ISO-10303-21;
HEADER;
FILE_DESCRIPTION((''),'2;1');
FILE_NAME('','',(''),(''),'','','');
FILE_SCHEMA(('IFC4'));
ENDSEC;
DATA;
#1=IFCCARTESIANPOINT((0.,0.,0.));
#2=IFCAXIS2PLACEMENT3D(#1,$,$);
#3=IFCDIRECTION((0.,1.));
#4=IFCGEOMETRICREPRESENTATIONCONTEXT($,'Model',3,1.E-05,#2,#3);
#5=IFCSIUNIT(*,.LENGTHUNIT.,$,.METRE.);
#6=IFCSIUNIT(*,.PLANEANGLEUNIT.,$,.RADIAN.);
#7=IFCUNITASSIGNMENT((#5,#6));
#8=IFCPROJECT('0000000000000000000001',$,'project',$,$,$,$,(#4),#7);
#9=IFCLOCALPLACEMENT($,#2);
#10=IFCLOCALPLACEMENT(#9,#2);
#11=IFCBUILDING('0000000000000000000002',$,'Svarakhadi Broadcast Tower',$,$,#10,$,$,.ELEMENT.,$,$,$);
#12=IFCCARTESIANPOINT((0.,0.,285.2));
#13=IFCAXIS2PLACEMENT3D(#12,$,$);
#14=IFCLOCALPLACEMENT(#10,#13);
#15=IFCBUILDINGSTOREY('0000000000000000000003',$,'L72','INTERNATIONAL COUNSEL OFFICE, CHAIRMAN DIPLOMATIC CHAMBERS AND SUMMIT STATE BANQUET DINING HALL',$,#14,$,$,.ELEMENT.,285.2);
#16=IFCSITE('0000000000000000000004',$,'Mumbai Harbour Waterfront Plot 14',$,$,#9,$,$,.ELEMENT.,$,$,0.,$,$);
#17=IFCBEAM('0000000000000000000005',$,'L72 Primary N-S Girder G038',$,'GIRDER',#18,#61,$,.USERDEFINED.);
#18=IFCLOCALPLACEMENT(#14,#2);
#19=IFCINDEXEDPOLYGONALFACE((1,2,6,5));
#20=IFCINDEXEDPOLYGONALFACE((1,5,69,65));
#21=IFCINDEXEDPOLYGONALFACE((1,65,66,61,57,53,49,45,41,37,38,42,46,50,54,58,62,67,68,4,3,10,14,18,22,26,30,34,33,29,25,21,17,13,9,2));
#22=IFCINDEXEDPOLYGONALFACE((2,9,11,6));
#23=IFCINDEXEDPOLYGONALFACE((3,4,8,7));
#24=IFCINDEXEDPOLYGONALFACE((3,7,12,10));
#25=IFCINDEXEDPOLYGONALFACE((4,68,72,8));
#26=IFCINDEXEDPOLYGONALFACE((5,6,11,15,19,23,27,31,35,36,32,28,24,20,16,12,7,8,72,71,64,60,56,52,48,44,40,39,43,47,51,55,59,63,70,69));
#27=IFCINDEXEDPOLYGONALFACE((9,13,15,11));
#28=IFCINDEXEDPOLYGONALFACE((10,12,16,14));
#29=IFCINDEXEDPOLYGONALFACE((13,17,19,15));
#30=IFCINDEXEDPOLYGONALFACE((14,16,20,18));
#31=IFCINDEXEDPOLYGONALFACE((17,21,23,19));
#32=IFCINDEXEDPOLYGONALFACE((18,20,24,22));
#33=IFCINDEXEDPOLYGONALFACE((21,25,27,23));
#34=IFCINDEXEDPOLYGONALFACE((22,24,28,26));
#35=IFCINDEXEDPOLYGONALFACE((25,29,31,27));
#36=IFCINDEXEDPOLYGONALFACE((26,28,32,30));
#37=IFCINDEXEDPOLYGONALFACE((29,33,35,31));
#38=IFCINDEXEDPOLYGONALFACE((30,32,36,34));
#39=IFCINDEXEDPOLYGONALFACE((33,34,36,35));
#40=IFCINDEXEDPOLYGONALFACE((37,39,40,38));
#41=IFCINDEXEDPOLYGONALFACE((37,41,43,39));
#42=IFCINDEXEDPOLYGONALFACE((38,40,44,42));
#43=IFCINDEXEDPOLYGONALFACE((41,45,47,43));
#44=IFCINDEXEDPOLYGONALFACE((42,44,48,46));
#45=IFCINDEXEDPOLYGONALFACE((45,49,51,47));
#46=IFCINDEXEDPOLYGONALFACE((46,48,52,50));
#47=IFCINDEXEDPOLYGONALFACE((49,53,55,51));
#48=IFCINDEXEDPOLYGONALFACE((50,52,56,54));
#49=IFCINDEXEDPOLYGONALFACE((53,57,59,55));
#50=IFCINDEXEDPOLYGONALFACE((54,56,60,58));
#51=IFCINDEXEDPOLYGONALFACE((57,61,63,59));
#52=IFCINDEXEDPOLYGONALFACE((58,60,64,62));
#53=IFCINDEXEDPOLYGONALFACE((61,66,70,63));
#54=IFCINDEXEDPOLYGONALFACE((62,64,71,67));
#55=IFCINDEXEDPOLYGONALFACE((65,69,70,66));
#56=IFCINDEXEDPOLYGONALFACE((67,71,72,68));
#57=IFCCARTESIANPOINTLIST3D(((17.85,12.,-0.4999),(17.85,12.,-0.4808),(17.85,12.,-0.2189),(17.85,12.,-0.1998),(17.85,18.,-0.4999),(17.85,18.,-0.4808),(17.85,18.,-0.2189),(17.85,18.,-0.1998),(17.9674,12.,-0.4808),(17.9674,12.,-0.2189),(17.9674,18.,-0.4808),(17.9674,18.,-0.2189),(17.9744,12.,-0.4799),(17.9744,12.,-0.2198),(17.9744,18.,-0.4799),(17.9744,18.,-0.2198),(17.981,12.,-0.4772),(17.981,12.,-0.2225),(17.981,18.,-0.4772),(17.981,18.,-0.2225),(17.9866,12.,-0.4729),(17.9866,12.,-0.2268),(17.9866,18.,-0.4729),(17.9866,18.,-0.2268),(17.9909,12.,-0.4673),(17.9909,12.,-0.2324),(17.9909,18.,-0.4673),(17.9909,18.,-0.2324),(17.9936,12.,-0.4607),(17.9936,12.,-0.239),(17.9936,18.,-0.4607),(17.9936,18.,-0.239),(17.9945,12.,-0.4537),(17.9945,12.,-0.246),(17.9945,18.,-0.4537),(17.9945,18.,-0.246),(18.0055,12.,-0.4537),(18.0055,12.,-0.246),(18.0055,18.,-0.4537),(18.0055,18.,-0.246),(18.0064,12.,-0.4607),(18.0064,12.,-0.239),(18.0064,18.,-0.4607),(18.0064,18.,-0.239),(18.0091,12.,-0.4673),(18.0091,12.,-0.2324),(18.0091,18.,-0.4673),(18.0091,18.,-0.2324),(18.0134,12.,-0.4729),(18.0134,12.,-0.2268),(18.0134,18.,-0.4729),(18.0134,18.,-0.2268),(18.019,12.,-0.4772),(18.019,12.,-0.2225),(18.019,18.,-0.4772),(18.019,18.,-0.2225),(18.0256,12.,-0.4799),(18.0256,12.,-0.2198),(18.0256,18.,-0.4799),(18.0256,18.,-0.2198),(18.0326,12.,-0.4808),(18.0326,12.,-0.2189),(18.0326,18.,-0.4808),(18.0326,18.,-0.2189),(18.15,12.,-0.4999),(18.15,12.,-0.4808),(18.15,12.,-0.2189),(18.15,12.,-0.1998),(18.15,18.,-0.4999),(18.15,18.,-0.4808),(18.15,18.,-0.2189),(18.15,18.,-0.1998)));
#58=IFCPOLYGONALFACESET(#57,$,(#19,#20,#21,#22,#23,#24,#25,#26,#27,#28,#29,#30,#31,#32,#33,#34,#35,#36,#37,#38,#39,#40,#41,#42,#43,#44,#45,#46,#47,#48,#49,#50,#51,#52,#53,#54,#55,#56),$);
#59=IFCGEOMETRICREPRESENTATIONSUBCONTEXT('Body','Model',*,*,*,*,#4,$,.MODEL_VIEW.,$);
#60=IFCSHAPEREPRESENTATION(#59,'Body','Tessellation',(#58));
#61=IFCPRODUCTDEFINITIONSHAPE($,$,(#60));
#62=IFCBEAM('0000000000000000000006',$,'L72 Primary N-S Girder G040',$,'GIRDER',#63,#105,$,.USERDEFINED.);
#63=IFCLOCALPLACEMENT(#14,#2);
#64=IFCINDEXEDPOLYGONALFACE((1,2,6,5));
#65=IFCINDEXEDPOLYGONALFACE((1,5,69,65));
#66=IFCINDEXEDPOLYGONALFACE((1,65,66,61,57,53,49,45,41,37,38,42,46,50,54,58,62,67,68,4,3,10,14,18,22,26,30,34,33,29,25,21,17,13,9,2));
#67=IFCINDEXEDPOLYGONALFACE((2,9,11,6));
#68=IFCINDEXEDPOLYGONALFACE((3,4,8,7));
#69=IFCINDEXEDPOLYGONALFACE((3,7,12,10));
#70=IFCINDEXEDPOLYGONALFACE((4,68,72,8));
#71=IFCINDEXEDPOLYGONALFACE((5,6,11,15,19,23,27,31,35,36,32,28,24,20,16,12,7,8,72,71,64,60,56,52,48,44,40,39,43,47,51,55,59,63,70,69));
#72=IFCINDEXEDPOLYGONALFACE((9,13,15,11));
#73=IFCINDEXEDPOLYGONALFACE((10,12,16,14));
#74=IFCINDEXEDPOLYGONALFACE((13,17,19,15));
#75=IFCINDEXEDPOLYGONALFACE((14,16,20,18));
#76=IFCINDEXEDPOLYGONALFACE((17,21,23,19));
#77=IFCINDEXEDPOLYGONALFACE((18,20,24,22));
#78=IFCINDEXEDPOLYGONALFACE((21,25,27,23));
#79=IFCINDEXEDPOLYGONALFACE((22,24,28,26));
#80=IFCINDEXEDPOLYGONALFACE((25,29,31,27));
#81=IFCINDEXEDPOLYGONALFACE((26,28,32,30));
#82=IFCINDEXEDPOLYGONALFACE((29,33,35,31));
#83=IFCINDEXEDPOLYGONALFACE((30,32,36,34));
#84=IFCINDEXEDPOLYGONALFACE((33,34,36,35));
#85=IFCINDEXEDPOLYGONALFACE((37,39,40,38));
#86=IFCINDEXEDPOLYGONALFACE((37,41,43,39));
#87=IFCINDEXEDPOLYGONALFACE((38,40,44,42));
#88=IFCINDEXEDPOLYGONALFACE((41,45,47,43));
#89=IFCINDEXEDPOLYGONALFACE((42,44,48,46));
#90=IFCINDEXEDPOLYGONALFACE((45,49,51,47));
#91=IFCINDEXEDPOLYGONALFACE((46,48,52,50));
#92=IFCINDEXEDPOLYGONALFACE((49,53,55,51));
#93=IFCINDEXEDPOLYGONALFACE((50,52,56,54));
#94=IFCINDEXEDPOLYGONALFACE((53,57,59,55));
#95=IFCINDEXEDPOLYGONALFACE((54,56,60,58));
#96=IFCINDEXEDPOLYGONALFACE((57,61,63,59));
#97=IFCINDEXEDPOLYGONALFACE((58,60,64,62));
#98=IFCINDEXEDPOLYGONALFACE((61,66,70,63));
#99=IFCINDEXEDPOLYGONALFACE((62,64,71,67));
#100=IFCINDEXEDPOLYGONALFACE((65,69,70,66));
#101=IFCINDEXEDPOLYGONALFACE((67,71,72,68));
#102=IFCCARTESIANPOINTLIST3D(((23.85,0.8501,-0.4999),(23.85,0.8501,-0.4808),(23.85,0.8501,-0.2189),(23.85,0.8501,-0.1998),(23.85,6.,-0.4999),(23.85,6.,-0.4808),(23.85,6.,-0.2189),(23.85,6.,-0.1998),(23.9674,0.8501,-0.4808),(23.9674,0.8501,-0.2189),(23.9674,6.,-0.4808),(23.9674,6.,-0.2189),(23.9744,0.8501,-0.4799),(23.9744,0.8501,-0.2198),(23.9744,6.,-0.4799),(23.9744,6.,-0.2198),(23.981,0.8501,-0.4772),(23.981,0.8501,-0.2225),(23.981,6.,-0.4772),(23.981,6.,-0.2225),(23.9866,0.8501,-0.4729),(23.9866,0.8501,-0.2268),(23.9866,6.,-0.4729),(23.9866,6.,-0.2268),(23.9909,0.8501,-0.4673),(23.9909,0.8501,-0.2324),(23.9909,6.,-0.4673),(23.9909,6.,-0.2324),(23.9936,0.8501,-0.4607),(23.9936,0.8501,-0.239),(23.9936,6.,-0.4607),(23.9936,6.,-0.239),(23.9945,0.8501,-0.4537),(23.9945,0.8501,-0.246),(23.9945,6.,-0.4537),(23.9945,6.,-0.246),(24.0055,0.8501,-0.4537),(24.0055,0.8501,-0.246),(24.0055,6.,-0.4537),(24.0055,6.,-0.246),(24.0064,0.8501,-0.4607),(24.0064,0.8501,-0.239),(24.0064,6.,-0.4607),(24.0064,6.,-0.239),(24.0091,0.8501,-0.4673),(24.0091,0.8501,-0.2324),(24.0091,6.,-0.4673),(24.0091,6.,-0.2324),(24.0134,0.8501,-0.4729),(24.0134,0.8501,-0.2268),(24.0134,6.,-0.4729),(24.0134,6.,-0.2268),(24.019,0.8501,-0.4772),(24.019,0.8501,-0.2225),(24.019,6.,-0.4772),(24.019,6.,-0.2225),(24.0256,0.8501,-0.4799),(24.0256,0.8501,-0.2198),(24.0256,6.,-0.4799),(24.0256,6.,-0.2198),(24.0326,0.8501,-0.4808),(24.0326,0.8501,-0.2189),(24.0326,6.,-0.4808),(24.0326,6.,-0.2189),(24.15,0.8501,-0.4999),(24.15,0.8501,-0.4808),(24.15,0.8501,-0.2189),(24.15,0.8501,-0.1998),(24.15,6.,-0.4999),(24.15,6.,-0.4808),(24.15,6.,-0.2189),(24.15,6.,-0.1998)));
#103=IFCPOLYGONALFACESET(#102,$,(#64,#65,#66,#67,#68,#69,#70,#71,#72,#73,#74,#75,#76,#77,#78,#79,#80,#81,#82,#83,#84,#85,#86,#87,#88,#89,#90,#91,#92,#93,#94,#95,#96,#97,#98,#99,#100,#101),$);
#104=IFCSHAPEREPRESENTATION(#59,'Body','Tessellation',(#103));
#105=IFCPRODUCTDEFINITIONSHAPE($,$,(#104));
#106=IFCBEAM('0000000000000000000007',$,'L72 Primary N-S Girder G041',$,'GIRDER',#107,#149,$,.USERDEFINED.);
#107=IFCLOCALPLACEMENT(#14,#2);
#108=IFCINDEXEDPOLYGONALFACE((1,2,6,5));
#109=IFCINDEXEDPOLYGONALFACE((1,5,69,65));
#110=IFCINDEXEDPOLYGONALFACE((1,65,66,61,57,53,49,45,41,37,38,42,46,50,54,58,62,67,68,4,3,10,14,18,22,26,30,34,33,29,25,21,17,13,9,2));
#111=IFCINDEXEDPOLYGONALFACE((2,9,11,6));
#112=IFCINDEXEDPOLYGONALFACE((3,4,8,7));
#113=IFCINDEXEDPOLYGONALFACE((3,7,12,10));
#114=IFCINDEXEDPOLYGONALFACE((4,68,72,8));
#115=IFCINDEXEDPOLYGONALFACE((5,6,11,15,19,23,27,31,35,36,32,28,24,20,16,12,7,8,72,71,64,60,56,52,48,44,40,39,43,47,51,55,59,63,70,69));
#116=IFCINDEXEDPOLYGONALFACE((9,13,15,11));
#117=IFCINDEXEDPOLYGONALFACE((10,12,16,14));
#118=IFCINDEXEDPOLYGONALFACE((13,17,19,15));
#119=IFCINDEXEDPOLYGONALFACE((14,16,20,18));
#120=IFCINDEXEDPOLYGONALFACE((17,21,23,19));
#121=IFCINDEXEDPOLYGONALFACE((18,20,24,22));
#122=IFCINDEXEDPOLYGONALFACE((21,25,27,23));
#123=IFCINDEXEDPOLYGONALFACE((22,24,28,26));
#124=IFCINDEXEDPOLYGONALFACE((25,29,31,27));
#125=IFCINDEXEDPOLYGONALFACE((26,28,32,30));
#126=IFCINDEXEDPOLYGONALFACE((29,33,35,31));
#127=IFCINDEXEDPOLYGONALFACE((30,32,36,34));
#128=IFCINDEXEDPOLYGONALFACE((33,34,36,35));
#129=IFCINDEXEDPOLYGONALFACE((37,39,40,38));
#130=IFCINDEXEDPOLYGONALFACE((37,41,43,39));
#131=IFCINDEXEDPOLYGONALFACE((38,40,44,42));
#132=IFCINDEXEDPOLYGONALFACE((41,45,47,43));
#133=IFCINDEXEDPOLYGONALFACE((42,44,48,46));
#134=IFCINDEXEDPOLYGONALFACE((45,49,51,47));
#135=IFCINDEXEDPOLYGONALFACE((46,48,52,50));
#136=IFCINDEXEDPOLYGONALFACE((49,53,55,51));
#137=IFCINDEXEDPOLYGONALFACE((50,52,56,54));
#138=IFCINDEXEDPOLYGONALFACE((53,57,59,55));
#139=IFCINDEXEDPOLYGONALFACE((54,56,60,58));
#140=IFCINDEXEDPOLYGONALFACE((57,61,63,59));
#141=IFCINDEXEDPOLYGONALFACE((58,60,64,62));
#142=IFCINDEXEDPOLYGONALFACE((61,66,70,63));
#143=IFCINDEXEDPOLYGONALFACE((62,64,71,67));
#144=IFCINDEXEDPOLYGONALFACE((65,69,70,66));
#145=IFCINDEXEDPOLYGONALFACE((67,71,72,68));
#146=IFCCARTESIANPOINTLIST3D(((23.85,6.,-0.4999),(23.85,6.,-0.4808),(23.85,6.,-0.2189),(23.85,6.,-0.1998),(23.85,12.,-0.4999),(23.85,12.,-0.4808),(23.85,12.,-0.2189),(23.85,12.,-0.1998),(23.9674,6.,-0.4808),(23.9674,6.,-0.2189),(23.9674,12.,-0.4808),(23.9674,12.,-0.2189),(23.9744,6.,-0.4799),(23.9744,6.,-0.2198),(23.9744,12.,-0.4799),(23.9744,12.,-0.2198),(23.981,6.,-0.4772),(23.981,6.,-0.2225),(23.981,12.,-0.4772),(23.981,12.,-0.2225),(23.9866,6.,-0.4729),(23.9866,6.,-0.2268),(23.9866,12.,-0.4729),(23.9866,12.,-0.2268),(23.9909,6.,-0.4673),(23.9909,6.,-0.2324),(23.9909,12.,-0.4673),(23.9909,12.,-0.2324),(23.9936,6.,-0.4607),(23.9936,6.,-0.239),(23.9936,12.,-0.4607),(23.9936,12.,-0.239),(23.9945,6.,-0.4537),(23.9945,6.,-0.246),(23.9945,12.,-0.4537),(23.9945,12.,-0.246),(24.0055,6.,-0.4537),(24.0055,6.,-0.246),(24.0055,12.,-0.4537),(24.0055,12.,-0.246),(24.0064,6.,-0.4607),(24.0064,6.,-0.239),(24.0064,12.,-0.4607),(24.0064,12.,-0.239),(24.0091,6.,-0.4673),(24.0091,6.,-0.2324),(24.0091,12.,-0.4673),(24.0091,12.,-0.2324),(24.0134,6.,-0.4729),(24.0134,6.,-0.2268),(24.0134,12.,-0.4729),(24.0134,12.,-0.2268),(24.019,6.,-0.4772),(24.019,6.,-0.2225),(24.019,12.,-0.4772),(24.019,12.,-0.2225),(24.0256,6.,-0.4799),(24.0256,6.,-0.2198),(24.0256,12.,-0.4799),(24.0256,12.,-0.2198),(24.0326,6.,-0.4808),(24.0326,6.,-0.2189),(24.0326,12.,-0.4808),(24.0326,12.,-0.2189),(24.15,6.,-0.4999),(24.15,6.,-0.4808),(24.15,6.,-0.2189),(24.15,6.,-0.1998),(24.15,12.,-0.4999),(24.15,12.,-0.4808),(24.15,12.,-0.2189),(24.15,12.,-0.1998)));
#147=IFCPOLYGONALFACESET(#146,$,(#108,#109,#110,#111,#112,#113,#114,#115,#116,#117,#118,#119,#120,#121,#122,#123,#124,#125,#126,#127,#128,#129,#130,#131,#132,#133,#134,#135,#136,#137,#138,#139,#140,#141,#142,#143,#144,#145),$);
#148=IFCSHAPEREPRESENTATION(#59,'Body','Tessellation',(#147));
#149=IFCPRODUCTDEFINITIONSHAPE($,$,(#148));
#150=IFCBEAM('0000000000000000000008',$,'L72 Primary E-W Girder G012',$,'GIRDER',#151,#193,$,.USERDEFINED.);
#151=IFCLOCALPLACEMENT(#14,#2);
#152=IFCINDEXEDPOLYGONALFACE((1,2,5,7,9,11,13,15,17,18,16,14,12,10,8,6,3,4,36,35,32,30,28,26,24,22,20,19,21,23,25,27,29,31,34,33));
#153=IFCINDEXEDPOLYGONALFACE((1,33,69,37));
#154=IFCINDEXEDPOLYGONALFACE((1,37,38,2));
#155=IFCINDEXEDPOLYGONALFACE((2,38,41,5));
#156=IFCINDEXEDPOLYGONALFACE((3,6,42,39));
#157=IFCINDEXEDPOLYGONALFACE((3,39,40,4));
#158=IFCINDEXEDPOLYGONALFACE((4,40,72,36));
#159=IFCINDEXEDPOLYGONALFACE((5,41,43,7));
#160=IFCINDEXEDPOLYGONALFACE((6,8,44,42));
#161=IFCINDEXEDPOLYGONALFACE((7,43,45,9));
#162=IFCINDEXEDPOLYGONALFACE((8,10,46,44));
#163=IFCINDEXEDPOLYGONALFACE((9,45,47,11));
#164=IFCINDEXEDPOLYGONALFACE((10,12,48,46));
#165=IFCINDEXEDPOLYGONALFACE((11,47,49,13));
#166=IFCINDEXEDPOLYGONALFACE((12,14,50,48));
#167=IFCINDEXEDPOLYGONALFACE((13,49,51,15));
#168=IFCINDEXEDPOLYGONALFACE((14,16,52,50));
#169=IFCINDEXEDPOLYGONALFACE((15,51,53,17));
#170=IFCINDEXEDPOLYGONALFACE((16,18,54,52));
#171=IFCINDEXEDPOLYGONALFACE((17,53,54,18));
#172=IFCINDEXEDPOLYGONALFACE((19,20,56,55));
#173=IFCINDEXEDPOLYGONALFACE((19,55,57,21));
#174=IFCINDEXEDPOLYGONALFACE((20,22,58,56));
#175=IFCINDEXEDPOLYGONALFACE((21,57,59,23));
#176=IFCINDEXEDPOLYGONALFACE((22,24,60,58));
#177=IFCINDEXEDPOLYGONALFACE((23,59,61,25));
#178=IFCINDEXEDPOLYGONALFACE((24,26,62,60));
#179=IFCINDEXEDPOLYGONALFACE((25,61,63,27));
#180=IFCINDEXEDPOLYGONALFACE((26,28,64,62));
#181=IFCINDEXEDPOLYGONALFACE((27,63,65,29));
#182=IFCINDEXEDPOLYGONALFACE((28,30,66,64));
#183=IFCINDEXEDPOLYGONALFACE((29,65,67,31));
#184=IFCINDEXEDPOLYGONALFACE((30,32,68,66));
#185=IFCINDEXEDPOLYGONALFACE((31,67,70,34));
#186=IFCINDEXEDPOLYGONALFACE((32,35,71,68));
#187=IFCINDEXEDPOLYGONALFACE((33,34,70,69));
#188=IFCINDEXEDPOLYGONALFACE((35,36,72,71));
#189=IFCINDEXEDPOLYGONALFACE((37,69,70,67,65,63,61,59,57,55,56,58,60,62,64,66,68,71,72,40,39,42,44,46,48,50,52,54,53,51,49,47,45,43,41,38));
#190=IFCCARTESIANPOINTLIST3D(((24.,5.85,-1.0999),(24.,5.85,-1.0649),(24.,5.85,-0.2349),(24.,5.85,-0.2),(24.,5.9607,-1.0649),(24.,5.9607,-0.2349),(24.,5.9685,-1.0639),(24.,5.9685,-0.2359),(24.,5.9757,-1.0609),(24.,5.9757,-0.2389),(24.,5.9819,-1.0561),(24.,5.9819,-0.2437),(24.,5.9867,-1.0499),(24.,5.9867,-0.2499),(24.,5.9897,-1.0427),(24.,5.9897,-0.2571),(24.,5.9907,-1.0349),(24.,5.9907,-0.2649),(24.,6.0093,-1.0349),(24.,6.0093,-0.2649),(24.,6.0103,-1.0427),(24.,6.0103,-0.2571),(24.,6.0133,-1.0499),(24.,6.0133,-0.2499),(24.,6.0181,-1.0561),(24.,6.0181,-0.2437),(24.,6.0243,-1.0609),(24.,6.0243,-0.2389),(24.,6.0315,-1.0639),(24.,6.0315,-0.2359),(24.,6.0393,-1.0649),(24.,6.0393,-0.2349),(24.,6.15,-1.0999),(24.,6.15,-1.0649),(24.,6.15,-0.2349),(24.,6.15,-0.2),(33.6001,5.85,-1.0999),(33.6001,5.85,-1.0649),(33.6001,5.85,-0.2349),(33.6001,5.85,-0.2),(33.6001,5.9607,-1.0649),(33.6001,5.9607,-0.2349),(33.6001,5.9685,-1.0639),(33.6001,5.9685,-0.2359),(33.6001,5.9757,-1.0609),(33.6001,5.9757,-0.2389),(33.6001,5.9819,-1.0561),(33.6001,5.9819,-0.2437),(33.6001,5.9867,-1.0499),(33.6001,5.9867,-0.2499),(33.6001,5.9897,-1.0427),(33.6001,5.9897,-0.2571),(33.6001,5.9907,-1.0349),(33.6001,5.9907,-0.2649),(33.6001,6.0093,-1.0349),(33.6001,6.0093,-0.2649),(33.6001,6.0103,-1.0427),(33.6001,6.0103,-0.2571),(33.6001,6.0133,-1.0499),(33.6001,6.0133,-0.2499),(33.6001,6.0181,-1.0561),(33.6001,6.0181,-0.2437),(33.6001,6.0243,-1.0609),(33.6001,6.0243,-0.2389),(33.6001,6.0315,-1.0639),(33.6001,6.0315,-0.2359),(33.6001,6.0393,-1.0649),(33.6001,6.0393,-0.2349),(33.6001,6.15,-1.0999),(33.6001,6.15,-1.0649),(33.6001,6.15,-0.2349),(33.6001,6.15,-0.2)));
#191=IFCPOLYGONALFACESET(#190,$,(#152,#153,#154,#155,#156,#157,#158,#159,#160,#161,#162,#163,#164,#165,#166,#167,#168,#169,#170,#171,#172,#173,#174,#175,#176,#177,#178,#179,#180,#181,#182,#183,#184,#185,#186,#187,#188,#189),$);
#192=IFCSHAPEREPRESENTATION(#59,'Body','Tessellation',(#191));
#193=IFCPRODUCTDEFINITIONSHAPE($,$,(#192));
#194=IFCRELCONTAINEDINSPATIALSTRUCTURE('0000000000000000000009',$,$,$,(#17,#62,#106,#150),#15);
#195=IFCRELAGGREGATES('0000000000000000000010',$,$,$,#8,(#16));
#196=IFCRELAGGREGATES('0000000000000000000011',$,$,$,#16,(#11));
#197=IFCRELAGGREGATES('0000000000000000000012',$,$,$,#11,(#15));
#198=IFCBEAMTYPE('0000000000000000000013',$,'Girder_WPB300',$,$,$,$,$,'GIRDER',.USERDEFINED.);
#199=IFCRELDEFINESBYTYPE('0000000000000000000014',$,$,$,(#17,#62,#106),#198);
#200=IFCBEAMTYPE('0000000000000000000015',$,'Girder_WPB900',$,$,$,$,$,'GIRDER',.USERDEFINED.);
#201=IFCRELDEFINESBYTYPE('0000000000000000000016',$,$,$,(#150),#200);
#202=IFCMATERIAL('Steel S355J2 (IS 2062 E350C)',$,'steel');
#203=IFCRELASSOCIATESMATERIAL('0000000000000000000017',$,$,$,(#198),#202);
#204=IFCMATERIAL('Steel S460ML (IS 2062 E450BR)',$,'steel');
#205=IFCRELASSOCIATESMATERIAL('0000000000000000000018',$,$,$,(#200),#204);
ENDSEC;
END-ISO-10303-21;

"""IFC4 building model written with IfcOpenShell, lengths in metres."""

from ifc_helpers import new_model, si_unit, direction, frame, origin, origin_2d, place, context, subcontext, project, spatial, i_section, extrude, material, material_profile, profile_set, type_object, element, save


model = new_model("IFC4")

# Units and contexts
model_context = context("Model", 3, precision=1e-05, world=origin(), true_north=direction((0.0, 1.0)))
body_context = subcontext(model_context, "Body", "Model", "MODEL_VIEW")
ifc_project = project(units=[si_unit("LENGTHUNIT", "METRE"), si_unit("PLANEANGLEUNIT", "RADIAN")], contexts=[model_context])

# Site, building, storey
site_placement = place(None, origin())
site = spatial("IfcSite", under=ifc_project, at=site_placement, Name="Mumbai Harbour Waterfront Plot 14", CompositionType="ELEMENT", RefElevation=0.0)
building_placement = place(site_placement, origin())
building = spatial("IfcBuilding", under=site, at=building_placement, Name="Svarakhadi Broadcast Tower", CompositionType="ELEMENT")
storey_placement = place(building_placement, frame((0.0, 0.0, 285.2)))
storey = spatial("IfcBuildingStorey", under=building, at=storey_placement, Name="L72", Description="INTERNATIONAL COUNSEL OFFICE, CHAIRMAN DIPLOMATIC CHAMBERS AND SUMMIT STATE BANQUET DINING HALL", CompositionType="ELEMENT", Elevation=285.2)

# Shared definitions
ifc_material_1 = material(Name="Steel S460ML (IS 2062 E450BR)", Category="steel")

# Beams
ifc_material_2 = material(Name="Steel S355J2 (IS 2062 E350C)", Category="steel")
ifc_material_profile_1 = material_profile(ifc_material_2, i_section(OverallWidth=0.3, OverallDepth=0.3, WebThickness=0.011, FlangeThickness=0.019, FilletRadius=0.0271, at=origin_2d()), Name="WPB 300x300x117")
ifc_profile_set_1 = profile_set([ifc_material_profile_1], Name="Steel S355J2 (IS 2062 E350C)")
beam_type_1 = type_object("IfcBeamType", Name="Girder_WPB300", ElementType="GIRDER", PredefinedType="USERDEFINED", material=ifc_profile_set_1)
for number, where, z_axis, x_axis, name in (
    (1, (18.0, 12.0, -0.3499), (0.0, 1.0, 0.0), (-1.0, 0.0, 0.0), "L72 Primary N-S Girder G038"),
):
    element("IfcBeam", number, at=place(storey_placement, frame(where, z_axis=z_axis, x_axis=x_axis)), inside=storey, type_object=beam_type_1, Name=name, ObjectType="GIRDER", PredefinedType="USERDEFINED", context=body_context, shape_type="SweptSolid", body=[
        extrude(i_section(OverallWidth=0.3, OverallDepth=0.3, WebThickness=0.011, FlangeThickness=0.019, FilletRadius=0.0271, at=origin_2d()), origin(), (0.0, 0.0, 1.0), 6.0),
    ])
beam_1_placement = place(storey_placement, frame((24.0, 0.8501, -0.3499), z_axis=(0.0, 1.0, 0.0), x_axis=(-1.0, 0.0, 0.0)))
element("IfcBeam", 2, at=beam_1_placement, inside=storey, type_object=beam_type_1, Name="L72 Primary N-S Girder G040", ObjectType="GIRDER", PredefinedType="USERDEFINED", context=body_context, shape_type="SweptSolid", body=[
    extrude(i_section(OverallWidth=0.3, OverallDepth=0.3, WebThickness=0.011, FlangeThickness=0.019, FilletRadius=0.0271, at=origin_2d()), origin(), (0.0, 0.0, 1.0), 5.1499),
])
beam_2_placement = place(storey_placement, frame((24.0, 6.0, -0.3499), z_axis=(0.0, 1.0, 0.0), x_axis=(-1.0, 0.0, 0.0)))
element("IfcBeam", 3, at=beam_2_placement, inside=storey, type_object=beam_type_1, Name="L72 Primary N-S Girder G041", ObjectType="GIRDER", PredefinedType="USERDEFINED", context=body_context, shape_type="SweptSolid", body=[
    extrude(i_section(OverallWidth=0.3, OverallDepth=0.3, WebThickness=0.011, FlangeThickness=0.019, FilletRadius=0.0271, at=origin_2d()), origin(), (0.0, 0.0, 1.0), 6.0),
])
ifc_material_profile_2 = material_profile(ifc_material_1, i_section(OverallWidth=0.3, OverallDepth=0.8999, WebThickness=0.0186, FlangeThickness=0.0349, FilletRadius=0.03, at=origin_2d()), Name="WPB 900x300x291")
ifc_profile_set_2 = profile_set([ifc_material_profile_2], Name="Steel S460ML (IS 2062 E450BR)")
beam_type_2 = type_object("IfcBeamType", Name="Girder_WPB900", ElementType="GIRDER", PredefinedType="USERDEFINED", material=ifc_profile_set_2)
beam_3_placement = place(storey_placement, frame((24.0, 6.0, -0.6499), z_axis=(1.0, 0.0, 0.0), x_axis=(0.0, 1.0, 0.0)))
element("IfcBeam", 4, at=beam_3_placement, inside=storey, type_object=beam_type_2, Name="L72 Primary E-W Girder G012", ObjectType="GIRDER", PredefinedType="USERDEFINED", context=body_context, shape_type="SweptSolid", body=[
    extrude(i_section(OverallWidth=0.3, OverallDepth=0.8999, WebThickness=0.0186, FlangeThickness=0.0349, FilletRadius=0.03, at=origin_2d()), origin(), (0.0, 0.0, 1.0), 9.6001),
])

save(model, "model.ifc")
